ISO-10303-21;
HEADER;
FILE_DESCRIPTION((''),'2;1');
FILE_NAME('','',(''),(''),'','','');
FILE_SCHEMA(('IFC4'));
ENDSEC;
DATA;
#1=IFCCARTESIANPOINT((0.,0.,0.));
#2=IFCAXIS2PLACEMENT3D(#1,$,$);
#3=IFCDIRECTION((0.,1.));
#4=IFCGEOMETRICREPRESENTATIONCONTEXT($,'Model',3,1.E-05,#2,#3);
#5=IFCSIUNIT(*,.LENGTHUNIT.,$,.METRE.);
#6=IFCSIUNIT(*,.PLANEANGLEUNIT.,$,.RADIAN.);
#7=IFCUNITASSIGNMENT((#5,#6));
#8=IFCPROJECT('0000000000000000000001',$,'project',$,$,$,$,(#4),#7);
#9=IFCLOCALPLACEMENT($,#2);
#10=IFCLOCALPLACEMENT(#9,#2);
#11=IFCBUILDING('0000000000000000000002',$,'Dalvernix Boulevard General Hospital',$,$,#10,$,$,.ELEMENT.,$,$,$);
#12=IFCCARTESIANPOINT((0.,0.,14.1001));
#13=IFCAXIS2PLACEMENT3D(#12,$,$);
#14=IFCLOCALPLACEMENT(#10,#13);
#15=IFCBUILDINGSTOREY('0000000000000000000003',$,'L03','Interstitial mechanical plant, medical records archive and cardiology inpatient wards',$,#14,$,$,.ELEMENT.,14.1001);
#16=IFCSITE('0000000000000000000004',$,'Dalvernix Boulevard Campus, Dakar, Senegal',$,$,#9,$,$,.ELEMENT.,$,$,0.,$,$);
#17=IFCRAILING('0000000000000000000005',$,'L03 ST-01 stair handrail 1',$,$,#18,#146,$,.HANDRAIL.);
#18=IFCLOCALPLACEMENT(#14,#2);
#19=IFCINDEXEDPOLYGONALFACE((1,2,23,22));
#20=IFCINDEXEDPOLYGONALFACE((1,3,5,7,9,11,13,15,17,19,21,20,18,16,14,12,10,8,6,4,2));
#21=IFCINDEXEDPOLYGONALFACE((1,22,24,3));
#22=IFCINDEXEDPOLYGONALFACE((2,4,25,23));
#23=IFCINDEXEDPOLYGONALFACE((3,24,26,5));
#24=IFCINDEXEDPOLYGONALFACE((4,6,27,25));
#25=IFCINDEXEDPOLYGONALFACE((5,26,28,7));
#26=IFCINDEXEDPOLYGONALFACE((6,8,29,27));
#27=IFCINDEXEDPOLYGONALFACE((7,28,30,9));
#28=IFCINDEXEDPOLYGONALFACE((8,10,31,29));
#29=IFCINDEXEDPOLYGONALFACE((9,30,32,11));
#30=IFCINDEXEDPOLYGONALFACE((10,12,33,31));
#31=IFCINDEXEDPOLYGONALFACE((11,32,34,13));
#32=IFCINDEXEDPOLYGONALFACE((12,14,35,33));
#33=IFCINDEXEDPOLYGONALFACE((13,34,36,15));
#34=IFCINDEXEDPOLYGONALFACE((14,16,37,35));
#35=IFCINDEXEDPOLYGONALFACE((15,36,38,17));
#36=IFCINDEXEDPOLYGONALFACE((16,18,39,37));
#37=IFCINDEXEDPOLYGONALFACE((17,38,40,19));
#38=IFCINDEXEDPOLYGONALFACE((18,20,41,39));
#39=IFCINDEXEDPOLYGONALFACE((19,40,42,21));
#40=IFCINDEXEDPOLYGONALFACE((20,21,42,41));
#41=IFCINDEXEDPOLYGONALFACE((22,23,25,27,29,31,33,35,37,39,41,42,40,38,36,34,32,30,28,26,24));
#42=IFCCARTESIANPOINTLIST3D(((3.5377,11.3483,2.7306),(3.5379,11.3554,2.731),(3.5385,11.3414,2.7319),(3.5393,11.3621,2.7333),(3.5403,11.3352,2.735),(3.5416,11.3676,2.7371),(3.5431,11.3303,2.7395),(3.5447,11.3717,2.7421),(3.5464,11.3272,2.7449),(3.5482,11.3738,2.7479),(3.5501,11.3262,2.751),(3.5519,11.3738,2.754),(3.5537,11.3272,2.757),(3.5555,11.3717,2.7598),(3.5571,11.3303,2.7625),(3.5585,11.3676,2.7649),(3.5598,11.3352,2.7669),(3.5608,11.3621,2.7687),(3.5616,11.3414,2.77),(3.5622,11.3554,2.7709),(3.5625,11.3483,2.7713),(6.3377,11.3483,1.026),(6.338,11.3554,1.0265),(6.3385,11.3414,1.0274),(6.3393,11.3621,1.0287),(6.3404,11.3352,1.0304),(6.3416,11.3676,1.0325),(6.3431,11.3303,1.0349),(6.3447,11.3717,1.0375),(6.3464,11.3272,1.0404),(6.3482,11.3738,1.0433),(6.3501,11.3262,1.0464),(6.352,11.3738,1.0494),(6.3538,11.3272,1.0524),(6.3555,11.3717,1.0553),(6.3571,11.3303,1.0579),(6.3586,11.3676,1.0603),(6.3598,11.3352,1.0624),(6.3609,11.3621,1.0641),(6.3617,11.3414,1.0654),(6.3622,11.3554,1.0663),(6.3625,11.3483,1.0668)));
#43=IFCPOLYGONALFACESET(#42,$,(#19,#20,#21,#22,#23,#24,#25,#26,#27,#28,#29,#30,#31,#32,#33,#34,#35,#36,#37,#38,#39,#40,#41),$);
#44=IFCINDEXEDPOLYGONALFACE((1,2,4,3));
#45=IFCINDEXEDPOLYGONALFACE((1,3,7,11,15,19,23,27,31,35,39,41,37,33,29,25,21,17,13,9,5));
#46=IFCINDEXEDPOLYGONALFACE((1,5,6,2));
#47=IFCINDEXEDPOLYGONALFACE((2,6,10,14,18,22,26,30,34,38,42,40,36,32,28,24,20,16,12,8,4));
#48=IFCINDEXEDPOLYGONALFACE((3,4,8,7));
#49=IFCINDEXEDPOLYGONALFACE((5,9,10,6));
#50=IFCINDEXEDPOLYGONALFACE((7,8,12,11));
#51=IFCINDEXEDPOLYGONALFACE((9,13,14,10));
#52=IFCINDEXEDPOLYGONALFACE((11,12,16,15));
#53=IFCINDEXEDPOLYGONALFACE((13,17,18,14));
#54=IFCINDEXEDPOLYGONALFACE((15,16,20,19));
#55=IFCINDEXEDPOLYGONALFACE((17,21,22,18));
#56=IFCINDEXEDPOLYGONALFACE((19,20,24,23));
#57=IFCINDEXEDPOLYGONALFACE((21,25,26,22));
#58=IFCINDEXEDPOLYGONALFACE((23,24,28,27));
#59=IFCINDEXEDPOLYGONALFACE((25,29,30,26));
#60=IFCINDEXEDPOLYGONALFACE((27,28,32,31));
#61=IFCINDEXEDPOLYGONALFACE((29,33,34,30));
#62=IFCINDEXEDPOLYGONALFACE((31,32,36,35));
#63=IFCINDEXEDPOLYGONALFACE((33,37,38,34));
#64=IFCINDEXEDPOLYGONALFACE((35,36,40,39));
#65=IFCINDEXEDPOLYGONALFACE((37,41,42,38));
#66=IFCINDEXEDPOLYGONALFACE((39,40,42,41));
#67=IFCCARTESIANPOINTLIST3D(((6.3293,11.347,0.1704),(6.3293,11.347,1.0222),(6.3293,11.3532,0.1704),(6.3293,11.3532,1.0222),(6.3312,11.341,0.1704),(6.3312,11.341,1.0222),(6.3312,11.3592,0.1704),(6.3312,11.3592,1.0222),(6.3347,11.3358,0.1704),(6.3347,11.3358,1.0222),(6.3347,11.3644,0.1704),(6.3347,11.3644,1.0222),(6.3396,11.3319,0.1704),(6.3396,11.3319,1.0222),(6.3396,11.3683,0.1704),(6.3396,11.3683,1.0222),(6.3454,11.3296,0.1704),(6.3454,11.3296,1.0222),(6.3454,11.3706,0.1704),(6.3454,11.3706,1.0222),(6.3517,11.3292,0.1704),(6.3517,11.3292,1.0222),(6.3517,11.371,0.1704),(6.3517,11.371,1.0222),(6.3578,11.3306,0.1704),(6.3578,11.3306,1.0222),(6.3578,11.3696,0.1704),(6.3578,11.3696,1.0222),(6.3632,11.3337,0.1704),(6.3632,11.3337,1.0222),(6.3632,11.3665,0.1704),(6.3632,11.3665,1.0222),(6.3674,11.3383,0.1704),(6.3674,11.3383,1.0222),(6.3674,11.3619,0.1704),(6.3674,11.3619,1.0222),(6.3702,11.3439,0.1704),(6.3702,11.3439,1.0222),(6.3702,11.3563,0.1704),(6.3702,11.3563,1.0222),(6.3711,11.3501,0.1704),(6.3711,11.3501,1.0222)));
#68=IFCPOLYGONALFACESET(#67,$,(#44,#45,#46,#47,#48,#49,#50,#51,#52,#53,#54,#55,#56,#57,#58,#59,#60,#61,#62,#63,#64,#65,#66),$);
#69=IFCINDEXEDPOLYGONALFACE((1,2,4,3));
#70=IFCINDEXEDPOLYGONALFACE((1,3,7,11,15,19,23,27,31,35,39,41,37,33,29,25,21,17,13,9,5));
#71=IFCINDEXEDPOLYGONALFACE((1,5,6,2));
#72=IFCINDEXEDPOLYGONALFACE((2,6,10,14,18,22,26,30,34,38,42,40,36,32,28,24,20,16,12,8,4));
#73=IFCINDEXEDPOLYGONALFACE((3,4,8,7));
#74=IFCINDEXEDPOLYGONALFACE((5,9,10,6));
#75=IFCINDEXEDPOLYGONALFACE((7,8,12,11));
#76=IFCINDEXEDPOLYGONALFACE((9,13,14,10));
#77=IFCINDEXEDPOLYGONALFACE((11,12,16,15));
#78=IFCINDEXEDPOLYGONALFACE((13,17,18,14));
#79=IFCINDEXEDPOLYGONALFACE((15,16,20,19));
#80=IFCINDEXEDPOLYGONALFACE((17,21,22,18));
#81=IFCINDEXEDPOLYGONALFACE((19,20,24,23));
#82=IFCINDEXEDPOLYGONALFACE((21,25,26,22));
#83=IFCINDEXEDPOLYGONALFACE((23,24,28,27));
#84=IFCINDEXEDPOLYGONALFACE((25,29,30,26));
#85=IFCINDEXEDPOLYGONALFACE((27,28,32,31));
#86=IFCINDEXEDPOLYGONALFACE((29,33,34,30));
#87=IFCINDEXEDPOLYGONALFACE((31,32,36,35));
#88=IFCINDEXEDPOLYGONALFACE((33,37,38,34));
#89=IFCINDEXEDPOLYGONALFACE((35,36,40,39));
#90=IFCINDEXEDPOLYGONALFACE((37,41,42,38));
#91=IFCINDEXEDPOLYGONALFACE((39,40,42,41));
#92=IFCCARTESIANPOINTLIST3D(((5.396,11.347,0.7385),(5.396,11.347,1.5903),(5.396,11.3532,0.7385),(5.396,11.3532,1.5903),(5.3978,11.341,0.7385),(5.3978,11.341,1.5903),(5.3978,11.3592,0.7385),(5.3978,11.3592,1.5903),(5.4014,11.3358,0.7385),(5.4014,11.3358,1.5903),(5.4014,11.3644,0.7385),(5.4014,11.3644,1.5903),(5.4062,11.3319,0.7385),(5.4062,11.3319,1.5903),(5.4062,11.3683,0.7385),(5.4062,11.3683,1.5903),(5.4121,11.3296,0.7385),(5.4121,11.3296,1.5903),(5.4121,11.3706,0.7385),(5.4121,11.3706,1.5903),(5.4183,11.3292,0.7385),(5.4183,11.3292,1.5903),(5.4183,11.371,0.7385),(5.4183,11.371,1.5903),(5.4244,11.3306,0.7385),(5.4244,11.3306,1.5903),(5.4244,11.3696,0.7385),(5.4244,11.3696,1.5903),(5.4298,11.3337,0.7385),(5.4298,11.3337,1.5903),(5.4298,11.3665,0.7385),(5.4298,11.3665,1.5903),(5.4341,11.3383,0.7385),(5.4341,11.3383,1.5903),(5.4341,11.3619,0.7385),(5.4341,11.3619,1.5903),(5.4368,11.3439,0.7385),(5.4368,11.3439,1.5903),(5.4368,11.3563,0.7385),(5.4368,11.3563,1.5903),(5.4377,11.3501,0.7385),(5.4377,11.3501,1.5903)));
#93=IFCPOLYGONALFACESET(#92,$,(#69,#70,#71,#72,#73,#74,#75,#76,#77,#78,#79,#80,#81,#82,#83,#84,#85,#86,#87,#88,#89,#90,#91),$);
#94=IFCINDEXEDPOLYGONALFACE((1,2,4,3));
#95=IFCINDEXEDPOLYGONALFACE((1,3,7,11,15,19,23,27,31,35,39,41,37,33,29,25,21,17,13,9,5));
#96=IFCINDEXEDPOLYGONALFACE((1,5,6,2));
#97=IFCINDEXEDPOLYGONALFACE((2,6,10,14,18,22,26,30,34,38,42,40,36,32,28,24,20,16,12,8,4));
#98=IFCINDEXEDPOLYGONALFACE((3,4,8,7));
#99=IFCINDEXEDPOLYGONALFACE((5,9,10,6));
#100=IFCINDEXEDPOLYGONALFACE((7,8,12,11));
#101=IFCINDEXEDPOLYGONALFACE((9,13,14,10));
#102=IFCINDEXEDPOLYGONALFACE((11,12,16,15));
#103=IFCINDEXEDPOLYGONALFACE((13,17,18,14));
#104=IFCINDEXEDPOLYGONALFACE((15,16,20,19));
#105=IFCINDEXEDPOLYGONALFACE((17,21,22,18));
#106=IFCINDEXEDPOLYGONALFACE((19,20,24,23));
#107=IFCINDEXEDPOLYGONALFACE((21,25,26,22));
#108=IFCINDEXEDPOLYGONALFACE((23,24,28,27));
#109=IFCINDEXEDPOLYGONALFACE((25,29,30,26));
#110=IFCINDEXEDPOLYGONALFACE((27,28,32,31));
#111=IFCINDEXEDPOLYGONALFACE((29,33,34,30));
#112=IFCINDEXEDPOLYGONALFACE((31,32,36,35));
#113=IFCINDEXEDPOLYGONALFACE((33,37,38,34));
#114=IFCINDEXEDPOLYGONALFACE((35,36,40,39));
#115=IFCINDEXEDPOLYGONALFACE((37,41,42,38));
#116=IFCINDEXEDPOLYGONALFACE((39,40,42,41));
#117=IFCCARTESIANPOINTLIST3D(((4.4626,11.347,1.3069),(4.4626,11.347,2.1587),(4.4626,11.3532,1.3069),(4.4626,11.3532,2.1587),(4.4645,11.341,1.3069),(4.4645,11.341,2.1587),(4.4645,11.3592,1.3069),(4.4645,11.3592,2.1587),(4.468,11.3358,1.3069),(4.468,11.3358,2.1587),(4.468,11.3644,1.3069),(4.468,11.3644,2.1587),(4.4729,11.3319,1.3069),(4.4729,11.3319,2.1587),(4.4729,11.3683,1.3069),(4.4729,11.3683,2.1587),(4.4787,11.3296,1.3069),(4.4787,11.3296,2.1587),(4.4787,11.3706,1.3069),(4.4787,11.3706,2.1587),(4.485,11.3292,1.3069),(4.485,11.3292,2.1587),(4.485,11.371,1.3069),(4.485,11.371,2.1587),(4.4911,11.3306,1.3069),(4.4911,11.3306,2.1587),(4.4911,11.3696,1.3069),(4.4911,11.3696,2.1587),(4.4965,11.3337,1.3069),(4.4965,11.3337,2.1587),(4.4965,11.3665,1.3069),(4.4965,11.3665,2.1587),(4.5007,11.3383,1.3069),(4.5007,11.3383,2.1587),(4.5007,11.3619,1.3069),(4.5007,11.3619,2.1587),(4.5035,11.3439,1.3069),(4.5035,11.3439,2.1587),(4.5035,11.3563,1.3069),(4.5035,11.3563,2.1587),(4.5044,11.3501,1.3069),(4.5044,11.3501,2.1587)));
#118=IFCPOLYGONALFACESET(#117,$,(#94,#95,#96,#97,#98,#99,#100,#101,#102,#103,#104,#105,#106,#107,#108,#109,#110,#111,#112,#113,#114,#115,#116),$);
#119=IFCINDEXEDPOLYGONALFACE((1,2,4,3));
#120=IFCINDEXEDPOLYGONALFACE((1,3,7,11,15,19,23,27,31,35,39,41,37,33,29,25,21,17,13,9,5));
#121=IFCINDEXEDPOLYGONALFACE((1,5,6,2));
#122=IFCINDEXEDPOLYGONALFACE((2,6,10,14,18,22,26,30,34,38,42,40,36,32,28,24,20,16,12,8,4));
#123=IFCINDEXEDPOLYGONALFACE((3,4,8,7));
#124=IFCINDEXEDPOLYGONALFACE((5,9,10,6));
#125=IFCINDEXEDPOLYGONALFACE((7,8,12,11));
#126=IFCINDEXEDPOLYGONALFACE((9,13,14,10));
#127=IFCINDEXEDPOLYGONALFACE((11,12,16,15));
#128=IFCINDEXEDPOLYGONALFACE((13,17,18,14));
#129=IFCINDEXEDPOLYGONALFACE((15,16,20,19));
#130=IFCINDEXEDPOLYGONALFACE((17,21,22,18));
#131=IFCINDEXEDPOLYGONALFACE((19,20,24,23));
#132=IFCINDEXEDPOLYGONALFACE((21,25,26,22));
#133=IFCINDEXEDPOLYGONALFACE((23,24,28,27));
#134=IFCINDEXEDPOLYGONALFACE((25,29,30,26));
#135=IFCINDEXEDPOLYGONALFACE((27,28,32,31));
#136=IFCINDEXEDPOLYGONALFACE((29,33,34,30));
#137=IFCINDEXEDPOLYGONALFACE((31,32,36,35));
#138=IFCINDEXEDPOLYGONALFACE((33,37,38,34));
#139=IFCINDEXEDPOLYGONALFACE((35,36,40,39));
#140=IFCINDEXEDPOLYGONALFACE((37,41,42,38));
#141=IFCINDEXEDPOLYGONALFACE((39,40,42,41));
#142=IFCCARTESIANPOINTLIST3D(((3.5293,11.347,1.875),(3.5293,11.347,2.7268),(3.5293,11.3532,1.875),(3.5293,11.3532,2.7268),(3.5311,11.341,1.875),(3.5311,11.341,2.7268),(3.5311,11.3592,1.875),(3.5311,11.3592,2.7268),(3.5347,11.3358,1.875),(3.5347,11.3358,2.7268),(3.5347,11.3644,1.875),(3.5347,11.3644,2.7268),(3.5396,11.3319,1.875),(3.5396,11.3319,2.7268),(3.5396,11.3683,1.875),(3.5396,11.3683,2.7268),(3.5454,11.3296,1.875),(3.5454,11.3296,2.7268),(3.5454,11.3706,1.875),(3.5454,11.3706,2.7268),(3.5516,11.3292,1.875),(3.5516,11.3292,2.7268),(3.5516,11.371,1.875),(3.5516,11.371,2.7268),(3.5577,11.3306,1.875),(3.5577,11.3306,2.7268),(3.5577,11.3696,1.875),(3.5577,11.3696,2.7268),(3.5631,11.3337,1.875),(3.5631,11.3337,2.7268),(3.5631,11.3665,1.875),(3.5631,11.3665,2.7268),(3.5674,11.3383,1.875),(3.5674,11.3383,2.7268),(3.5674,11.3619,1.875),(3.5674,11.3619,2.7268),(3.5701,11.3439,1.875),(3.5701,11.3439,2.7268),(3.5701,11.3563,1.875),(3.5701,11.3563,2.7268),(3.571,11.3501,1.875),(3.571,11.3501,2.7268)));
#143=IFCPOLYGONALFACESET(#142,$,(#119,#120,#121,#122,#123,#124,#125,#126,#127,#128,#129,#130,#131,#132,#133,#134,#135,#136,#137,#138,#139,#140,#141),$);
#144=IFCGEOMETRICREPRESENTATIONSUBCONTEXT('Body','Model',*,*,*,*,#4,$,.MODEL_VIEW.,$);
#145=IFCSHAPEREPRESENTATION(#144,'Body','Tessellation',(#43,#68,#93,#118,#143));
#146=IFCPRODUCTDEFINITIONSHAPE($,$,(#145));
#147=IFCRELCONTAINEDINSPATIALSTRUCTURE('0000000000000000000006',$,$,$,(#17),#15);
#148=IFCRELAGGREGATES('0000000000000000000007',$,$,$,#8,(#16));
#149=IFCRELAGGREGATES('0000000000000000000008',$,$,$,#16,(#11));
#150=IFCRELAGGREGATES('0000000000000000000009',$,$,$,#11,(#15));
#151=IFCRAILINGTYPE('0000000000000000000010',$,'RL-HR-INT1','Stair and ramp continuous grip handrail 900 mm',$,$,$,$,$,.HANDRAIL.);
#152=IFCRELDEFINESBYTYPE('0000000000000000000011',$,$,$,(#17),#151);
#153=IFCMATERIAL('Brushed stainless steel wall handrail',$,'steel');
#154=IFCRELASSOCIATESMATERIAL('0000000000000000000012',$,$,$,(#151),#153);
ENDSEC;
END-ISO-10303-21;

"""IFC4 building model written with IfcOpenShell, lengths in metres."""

from ifc_helpers import new_model, si_unit, direction, frame, origin, origin_2d, place, context, subcontext, project, spatial, circle, extrude, material, type_object, element, save


model = new_model("IFC4")

# Units and contexts
model_context = context("Model", 3, precision=1e-05, world=origin(), true_north=direction((0.0, 1.0)))
body_context = subcontext(model_context, "Body", "Model", "MODEL_VIEW")
ifc_project = project(units=[si_unit("LENGTHUNIT", "METRE"), si_unit("PLANEANGLEUNIT", "RADIAN")], contexts=[model_context])

# Site, building, storey
site_placement = place(None, origin())
site = spatial("IfcSite", under=ifc_project, at=site_placement, Name="Dalvernix Boulevard Campus, Dakar, Senegal", CompositionType="ELEMENT", RefElevation=0.0)
building_placement = place(site_placement, origin())
building = spatial("IfcBuilding", under=site, at=building_placement, Name="Dalvernix Boulevard General Hospital", CompositionType="ELEMENT")
storey_placement = place(building_placement, frame((0.0, 0.0, 14.1001)))
storey = spatial("IfcBuildingStorey", under=building, at=storey_placement, Name="L03", Description="Interstitial mechanical plant, medical records archive and cardiology inpatient wards", CompositionType="ELEMENT", Elevation=14.1001)

# Railing
ifc_material_1 = material(Name="Brushed stainless steel wall handrail", Category="steel")
railing_type_1 = type_object("IfcRailingType", Name="RL-HR-INT1", Description="Stair and ramp continuous grip handrail 900 mm", PredefinedType="HANDRAIL", material=ifc_material_1)
railing_1_placement = place(storey_placement, frame((6.3501, 11.3501, 0.1704)))
element("IfcRailing", 1, at=railing_1_placement, inside=storey, type_object=railing_type_1, Name="L03 ST-01 stair handrail 1", PredefinedType="HANDRAIL", context=body_context, shape_type="SweptSolid", body=[
    extrude(circle(Radius=0.0239, at=origin_2d()), frame((0.0, 0.0, 0.876), z_axis=(-0.85417, 0.0, 0.519994), x_axis=(0.0, -1.0, 0.0)), (0.0, 0.0, 1.0), 3.2781),
    extrude(circle(Radius=0.021, at=origin_2d()), origin(), (0.0, 0.0, 1.0), 0.8518),
    extrude(circle(Radius=0.021, at=origin_2d()), frame((-0.9333, 0.0, 0.5681)), (0.0, 0.0, 1.0), 0.8518),
    extrude(circle(Radius=0.021, at=origin_2d()), frame((-1.8667, 0.0, 1.1365)), (0.0, 0.0, 1.0), 0.8518),
    extrude(circle(Radius=0.021, at=origin_2d()), frame((-2.8, 0.0, 1.7046)), (0.0, 0.0, 1.0), 0.8518),
])

save(model, "model.ifc")
